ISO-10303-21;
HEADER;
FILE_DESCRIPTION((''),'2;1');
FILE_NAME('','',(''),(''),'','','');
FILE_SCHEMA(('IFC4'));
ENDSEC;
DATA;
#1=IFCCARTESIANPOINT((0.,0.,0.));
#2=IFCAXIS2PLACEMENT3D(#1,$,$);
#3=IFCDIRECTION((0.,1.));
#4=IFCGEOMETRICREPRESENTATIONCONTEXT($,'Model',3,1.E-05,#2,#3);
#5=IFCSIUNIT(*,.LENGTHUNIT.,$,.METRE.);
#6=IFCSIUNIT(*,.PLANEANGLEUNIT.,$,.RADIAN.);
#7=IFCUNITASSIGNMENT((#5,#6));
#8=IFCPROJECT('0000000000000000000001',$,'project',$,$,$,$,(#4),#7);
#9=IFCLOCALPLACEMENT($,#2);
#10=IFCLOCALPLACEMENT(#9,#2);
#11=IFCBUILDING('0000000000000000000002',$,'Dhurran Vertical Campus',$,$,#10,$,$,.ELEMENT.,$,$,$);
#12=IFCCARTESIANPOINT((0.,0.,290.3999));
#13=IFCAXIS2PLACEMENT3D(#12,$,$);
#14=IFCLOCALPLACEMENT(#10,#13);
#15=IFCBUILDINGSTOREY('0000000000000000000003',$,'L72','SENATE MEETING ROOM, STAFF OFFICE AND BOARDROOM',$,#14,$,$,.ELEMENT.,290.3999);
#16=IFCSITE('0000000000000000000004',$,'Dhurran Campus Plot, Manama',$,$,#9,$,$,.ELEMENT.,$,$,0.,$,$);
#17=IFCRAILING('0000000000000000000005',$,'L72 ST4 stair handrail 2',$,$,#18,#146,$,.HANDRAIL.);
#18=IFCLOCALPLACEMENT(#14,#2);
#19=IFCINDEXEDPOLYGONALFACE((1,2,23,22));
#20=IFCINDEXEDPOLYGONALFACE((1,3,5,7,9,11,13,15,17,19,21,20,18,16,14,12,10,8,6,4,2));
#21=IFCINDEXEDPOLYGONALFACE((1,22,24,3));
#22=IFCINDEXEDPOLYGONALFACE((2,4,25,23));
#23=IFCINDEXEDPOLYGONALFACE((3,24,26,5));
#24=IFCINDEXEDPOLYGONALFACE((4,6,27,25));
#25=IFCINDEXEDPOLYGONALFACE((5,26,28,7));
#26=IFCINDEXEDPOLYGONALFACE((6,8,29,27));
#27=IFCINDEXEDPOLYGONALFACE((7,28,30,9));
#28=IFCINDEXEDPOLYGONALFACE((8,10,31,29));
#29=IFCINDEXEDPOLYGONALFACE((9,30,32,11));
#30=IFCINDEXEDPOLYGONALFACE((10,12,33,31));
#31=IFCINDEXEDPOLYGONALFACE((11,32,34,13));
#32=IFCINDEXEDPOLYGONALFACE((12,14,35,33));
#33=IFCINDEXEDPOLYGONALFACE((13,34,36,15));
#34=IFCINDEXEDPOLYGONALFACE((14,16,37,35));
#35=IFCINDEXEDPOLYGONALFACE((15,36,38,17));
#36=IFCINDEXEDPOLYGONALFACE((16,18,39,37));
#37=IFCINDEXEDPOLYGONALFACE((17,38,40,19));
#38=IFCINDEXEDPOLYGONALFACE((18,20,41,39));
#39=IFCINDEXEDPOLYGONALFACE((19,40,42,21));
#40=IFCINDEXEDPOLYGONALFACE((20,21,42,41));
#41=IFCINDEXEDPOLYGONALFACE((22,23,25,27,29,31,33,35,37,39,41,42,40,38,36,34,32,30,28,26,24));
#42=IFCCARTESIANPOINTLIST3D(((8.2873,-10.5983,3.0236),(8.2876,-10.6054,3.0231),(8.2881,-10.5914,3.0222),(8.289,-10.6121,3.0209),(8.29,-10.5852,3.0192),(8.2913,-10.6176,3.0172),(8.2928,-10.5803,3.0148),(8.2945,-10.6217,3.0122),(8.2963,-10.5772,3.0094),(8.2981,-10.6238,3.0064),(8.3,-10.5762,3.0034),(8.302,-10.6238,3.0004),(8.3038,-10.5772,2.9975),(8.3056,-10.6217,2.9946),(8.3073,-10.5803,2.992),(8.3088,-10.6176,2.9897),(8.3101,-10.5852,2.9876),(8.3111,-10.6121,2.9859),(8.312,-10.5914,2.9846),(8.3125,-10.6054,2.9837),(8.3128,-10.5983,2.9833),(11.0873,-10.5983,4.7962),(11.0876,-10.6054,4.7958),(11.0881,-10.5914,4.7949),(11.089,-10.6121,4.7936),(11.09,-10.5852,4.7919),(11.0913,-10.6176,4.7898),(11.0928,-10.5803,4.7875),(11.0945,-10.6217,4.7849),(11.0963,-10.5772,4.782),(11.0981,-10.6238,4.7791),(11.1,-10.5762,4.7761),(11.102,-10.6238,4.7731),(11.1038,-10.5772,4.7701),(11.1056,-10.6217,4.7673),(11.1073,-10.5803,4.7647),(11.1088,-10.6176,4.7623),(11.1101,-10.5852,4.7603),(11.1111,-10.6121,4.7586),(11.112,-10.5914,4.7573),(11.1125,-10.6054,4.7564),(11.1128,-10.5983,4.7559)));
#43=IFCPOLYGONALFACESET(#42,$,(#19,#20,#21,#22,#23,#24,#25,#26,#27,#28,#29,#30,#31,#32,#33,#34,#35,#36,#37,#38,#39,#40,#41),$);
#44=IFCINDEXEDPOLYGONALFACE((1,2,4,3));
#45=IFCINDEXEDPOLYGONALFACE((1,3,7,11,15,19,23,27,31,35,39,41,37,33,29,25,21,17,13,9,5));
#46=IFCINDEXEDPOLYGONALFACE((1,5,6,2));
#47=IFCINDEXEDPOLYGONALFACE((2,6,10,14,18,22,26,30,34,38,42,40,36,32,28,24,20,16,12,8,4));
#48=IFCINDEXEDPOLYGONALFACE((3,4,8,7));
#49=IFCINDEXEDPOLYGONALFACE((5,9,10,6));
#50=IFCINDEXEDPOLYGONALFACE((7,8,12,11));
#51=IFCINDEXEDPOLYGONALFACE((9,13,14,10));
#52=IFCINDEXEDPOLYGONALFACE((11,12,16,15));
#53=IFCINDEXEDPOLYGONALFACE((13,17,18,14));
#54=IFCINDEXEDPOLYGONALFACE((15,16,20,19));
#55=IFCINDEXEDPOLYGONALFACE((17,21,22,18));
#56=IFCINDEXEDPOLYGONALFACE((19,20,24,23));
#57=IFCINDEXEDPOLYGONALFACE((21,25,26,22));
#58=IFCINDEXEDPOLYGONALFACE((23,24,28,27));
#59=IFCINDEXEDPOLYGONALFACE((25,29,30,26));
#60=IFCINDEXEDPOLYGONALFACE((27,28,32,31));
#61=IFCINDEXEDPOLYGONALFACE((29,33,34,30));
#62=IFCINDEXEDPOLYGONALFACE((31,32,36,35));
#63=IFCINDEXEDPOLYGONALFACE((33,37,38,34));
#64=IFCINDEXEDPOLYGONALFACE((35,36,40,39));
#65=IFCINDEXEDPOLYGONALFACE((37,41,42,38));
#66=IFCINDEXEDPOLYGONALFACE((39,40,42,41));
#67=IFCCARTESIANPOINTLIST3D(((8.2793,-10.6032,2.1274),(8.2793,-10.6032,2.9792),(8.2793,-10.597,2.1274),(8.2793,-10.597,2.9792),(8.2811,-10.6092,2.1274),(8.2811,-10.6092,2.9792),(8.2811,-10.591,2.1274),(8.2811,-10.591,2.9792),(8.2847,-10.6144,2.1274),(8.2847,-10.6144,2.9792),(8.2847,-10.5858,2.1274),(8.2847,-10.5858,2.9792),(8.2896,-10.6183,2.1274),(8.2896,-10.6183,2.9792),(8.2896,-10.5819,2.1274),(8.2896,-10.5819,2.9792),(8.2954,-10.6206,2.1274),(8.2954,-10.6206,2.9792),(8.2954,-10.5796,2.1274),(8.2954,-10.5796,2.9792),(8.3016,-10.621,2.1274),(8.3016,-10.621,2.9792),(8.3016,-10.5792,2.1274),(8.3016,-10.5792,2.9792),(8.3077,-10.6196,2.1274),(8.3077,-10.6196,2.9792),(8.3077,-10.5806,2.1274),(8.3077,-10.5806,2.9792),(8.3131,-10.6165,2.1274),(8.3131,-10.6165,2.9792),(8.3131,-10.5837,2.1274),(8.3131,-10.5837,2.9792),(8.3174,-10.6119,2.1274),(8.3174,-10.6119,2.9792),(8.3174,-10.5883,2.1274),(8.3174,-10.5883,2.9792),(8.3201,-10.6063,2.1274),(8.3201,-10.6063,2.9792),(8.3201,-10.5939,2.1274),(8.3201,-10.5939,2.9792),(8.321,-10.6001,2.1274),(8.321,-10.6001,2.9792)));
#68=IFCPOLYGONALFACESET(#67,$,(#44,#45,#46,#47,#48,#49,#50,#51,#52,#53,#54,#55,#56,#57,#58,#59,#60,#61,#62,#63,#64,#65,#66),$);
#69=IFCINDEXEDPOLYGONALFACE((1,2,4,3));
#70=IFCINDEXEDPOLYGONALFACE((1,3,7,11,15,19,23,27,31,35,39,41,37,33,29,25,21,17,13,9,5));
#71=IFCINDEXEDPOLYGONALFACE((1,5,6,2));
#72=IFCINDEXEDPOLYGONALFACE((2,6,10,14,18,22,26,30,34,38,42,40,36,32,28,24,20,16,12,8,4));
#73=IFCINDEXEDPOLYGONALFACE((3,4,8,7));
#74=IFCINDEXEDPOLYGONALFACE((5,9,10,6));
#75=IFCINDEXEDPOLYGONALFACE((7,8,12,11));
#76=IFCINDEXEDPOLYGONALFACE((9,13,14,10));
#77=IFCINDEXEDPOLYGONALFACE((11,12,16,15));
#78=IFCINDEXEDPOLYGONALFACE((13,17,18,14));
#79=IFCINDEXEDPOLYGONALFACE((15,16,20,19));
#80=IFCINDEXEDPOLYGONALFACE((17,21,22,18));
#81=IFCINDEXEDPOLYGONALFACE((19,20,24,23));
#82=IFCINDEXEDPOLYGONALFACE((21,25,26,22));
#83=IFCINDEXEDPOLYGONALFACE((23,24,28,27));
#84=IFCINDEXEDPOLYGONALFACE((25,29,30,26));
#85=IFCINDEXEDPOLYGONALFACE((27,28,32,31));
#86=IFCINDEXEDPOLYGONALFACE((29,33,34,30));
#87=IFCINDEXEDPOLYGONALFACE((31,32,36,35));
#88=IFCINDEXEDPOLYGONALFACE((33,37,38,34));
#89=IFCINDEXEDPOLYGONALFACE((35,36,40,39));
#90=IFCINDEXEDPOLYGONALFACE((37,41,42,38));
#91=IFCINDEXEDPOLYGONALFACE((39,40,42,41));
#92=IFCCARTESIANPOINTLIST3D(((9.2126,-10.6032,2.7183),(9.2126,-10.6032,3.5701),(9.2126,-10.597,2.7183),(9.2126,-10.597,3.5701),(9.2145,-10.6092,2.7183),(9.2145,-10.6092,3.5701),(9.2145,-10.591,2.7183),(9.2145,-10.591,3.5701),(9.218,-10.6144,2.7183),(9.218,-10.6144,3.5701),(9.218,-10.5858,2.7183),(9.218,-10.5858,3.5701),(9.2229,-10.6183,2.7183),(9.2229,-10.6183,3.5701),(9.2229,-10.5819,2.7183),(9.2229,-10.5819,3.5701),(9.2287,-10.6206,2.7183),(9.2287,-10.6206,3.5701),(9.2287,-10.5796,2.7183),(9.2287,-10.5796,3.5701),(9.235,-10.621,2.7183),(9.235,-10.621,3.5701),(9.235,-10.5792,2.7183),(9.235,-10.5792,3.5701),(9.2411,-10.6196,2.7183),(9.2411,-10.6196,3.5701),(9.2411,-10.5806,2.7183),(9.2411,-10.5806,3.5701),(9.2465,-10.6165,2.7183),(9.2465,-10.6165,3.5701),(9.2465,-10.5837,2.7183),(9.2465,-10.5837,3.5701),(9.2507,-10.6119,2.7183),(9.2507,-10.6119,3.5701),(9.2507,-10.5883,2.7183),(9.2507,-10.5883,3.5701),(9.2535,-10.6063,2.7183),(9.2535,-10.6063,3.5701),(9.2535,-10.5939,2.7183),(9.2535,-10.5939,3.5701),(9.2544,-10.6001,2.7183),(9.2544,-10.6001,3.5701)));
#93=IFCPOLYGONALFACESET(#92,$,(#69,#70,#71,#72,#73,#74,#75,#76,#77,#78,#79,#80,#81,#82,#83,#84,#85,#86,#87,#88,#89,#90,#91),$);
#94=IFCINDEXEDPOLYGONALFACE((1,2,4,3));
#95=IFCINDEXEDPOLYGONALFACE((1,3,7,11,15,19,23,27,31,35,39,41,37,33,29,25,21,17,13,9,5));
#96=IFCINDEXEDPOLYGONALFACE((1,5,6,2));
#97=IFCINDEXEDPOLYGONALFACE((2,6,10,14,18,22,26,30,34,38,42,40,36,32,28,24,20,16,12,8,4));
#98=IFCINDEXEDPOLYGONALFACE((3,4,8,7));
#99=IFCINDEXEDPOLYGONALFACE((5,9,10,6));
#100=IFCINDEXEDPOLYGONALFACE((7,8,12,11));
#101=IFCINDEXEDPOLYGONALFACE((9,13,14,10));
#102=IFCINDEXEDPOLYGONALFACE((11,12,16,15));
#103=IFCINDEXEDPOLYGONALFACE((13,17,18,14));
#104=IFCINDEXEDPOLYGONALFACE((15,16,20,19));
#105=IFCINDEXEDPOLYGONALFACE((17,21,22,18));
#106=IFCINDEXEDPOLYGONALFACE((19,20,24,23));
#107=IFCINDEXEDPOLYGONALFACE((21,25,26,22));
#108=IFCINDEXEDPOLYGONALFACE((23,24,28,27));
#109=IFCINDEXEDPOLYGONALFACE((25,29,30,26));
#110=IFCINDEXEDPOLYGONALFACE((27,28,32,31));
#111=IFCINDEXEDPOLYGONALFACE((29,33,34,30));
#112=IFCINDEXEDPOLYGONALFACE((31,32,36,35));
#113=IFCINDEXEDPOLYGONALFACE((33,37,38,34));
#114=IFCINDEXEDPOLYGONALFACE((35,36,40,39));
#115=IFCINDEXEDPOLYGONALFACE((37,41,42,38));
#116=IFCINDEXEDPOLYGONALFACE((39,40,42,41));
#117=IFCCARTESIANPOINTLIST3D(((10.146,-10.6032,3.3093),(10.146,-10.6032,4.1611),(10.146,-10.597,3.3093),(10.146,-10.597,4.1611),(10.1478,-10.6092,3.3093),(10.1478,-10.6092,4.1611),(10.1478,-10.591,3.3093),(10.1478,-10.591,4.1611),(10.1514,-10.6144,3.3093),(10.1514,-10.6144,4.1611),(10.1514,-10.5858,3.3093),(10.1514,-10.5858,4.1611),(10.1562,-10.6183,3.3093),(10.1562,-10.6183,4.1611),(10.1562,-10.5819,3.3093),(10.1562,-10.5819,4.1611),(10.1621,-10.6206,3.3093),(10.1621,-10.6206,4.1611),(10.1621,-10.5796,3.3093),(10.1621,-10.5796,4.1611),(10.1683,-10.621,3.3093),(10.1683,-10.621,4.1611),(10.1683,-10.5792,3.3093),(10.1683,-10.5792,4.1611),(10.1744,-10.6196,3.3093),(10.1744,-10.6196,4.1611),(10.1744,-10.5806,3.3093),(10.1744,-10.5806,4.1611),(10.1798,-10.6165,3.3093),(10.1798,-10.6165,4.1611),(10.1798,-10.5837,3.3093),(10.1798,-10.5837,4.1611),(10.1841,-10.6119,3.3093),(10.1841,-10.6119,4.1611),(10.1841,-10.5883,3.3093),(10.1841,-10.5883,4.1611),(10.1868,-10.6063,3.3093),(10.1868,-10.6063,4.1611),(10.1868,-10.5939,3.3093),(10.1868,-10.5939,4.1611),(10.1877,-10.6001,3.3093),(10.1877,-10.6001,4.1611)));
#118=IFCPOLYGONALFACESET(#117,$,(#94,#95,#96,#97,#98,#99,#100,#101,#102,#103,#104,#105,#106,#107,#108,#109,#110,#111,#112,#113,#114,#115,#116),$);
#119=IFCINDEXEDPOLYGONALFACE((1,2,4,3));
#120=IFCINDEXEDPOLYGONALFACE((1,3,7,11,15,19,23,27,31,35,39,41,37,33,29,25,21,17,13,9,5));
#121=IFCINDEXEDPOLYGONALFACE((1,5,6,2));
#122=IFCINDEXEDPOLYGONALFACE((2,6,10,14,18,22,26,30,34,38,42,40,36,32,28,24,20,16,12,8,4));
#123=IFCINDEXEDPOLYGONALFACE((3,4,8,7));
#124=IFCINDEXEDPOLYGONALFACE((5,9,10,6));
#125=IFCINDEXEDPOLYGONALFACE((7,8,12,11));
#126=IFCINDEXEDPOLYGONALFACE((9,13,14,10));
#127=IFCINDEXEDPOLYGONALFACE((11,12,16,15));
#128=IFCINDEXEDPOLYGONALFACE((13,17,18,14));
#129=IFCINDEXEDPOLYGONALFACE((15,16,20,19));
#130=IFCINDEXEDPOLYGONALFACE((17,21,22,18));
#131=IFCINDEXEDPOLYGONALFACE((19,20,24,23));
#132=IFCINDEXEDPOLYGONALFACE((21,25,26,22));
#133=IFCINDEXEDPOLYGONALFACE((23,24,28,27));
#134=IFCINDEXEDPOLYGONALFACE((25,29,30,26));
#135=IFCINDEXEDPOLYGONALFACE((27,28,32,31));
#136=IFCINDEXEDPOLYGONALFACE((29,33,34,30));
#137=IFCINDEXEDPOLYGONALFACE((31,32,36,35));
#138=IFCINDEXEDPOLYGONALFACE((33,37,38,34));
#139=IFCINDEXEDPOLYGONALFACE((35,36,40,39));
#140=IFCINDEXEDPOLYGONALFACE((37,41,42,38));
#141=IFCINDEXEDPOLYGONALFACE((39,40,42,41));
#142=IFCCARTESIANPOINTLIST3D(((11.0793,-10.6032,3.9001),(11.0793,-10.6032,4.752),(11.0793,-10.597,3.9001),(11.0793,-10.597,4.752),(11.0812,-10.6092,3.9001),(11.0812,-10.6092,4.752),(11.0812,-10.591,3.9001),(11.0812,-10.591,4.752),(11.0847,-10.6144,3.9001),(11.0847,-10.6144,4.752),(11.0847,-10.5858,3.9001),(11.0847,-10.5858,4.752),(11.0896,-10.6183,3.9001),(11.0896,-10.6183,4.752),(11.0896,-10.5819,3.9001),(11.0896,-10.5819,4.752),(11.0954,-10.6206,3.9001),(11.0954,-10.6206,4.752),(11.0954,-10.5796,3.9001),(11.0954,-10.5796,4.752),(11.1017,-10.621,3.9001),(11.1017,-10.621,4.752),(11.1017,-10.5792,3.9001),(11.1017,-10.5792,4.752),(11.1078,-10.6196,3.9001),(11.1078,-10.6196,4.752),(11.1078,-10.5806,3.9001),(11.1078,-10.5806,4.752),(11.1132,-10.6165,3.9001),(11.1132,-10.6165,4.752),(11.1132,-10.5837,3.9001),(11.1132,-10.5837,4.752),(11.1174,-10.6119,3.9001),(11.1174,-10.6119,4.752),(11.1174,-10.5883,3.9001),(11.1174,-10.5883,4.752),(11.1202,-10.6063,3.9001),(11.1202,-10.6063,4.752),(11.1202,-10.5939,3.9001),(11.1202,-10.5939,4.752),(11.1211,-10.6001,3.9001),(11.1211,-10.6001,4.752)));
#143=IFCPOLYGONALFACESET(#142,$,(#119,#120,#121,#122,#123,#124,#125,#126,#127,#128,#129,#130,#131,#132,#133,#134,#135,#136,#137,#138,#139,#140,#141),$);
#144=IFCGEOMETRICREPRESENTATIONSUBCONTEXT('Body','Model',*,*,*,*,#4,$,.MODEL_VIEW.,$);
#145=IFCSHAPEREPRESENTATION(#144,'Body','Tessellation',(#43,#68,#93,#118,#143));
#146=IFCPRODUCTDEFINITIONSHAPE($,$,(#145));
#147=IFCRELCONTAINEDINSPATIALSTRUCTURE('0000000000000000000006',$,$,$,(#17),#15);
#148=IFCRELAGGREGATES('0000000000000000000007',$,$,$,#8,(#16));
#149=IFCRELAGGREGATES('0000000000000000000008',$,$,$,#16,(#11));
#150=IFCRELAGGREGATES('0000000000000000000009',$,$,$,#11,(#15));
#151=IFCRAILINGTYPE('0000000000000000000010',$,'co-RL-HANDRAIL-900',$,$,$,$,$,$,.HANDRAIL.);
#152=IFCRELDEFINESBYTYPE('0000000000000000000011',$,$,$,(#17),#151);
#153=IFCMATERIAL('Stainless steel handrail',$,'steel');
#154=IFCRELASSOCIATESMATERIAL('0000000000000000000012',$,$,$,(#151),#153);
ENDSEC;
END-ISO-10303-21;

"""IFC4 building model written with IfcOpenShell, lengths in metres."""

from ifc_helpers import new_model, si_unit, direction, frame, origin, origin_2d, place, context, subcontext, project, spatial, circle, extrude, material, type_object, element, save


model = new_model("IFC4")

# Units and contexts
model_context = context("Model", 3, precision=1e-05, world=origin(), true_north=direction((0.0, 1.0)))
body_context = subcontext(model_context, "Body", "Model", "MODEL_VIEW")
ifc_project = project(units=[si_unit("LENGTHUNIT", "METRE"), si_unit("PLANEANGLEUNIT", "RADIAN")], contexts=[model_context])

# Site, building, storey
site_placement = place(None, origin())
site = spatial("IfcSite", under=ifc_project, at=site_placement, Name="Dhurran Campus Plot, Manama", CompositionType="ELEMENT", RefElevation=0.0)
building_placement = place(site_placement, origin())
building = spatial("IfcBuilding", under=site, at=building_placement, Name="Dhurran Vertical Campus", CompositionType="ELEMENT")
storey_placement = place(building_placement, frame((0.0, 0.0, 290.3999)))
storey = spatial("IfcBuildingStorey", under=building, at=storey_placement, Name="L72", Description="SENATE MEETING ROOM, STAFF OFFICE AND BOARDROOM", CompositionType="ELEMENT", Elevation=290.3999)

# Railing
ifc_material_1 = material(Name="Stainless steel handrail", Category="steel")
railing_type_1 = type_object("IfcRailingType", Name="co-RL-HANDRAIL-900", PredefinedType="HANDRAIL", material=ifc_material_1)
railing_1_placement = place(storey_placement, frame((8.3, -10.6001, 2.1274)))
element("IfcRailing", 1, at=railing_1_placement, inside=storey, type_object=railing_type_1, Name="L72 ST4 stair handrail 2", PredefinedType="HANDRAIL", context=body_context, shape_type="SweptSolid", body=[
    extrude(circle(Radius=0.0239, at=origin_2d()), frame((0.0, 0.0, 0.876), z_axis=(0.844909, 0.0, 0.53491), x_axis=(0.0, 1.0, 0.0)), (0.0, 0.0, 1.0), 3.314),
    extrude(circle(Radius=0.021, at=origin_2d()), origin(), (0.0, 0.0, 1.0), 0.8518),
    extrude(circle(Radius=0.021, at=origin_2d()), frame((0.9333, 0.0, 0.5908)), (0.0, 0.0, 1.0), 0.8518),
    extrude(circle(Radius=0.021, at=origin_2d()), frame((1.8667, 0.0, 1.1819)), (0.0, 0.0, 1.0), 0.8518),
    extrude(circle(Radius=0.021, at=origin_2d()), frame((2.8, 0.0, 1.7727)), (0.0, 0.0, 1.0), 0.8518),
])

save(model, "model.ifc")
